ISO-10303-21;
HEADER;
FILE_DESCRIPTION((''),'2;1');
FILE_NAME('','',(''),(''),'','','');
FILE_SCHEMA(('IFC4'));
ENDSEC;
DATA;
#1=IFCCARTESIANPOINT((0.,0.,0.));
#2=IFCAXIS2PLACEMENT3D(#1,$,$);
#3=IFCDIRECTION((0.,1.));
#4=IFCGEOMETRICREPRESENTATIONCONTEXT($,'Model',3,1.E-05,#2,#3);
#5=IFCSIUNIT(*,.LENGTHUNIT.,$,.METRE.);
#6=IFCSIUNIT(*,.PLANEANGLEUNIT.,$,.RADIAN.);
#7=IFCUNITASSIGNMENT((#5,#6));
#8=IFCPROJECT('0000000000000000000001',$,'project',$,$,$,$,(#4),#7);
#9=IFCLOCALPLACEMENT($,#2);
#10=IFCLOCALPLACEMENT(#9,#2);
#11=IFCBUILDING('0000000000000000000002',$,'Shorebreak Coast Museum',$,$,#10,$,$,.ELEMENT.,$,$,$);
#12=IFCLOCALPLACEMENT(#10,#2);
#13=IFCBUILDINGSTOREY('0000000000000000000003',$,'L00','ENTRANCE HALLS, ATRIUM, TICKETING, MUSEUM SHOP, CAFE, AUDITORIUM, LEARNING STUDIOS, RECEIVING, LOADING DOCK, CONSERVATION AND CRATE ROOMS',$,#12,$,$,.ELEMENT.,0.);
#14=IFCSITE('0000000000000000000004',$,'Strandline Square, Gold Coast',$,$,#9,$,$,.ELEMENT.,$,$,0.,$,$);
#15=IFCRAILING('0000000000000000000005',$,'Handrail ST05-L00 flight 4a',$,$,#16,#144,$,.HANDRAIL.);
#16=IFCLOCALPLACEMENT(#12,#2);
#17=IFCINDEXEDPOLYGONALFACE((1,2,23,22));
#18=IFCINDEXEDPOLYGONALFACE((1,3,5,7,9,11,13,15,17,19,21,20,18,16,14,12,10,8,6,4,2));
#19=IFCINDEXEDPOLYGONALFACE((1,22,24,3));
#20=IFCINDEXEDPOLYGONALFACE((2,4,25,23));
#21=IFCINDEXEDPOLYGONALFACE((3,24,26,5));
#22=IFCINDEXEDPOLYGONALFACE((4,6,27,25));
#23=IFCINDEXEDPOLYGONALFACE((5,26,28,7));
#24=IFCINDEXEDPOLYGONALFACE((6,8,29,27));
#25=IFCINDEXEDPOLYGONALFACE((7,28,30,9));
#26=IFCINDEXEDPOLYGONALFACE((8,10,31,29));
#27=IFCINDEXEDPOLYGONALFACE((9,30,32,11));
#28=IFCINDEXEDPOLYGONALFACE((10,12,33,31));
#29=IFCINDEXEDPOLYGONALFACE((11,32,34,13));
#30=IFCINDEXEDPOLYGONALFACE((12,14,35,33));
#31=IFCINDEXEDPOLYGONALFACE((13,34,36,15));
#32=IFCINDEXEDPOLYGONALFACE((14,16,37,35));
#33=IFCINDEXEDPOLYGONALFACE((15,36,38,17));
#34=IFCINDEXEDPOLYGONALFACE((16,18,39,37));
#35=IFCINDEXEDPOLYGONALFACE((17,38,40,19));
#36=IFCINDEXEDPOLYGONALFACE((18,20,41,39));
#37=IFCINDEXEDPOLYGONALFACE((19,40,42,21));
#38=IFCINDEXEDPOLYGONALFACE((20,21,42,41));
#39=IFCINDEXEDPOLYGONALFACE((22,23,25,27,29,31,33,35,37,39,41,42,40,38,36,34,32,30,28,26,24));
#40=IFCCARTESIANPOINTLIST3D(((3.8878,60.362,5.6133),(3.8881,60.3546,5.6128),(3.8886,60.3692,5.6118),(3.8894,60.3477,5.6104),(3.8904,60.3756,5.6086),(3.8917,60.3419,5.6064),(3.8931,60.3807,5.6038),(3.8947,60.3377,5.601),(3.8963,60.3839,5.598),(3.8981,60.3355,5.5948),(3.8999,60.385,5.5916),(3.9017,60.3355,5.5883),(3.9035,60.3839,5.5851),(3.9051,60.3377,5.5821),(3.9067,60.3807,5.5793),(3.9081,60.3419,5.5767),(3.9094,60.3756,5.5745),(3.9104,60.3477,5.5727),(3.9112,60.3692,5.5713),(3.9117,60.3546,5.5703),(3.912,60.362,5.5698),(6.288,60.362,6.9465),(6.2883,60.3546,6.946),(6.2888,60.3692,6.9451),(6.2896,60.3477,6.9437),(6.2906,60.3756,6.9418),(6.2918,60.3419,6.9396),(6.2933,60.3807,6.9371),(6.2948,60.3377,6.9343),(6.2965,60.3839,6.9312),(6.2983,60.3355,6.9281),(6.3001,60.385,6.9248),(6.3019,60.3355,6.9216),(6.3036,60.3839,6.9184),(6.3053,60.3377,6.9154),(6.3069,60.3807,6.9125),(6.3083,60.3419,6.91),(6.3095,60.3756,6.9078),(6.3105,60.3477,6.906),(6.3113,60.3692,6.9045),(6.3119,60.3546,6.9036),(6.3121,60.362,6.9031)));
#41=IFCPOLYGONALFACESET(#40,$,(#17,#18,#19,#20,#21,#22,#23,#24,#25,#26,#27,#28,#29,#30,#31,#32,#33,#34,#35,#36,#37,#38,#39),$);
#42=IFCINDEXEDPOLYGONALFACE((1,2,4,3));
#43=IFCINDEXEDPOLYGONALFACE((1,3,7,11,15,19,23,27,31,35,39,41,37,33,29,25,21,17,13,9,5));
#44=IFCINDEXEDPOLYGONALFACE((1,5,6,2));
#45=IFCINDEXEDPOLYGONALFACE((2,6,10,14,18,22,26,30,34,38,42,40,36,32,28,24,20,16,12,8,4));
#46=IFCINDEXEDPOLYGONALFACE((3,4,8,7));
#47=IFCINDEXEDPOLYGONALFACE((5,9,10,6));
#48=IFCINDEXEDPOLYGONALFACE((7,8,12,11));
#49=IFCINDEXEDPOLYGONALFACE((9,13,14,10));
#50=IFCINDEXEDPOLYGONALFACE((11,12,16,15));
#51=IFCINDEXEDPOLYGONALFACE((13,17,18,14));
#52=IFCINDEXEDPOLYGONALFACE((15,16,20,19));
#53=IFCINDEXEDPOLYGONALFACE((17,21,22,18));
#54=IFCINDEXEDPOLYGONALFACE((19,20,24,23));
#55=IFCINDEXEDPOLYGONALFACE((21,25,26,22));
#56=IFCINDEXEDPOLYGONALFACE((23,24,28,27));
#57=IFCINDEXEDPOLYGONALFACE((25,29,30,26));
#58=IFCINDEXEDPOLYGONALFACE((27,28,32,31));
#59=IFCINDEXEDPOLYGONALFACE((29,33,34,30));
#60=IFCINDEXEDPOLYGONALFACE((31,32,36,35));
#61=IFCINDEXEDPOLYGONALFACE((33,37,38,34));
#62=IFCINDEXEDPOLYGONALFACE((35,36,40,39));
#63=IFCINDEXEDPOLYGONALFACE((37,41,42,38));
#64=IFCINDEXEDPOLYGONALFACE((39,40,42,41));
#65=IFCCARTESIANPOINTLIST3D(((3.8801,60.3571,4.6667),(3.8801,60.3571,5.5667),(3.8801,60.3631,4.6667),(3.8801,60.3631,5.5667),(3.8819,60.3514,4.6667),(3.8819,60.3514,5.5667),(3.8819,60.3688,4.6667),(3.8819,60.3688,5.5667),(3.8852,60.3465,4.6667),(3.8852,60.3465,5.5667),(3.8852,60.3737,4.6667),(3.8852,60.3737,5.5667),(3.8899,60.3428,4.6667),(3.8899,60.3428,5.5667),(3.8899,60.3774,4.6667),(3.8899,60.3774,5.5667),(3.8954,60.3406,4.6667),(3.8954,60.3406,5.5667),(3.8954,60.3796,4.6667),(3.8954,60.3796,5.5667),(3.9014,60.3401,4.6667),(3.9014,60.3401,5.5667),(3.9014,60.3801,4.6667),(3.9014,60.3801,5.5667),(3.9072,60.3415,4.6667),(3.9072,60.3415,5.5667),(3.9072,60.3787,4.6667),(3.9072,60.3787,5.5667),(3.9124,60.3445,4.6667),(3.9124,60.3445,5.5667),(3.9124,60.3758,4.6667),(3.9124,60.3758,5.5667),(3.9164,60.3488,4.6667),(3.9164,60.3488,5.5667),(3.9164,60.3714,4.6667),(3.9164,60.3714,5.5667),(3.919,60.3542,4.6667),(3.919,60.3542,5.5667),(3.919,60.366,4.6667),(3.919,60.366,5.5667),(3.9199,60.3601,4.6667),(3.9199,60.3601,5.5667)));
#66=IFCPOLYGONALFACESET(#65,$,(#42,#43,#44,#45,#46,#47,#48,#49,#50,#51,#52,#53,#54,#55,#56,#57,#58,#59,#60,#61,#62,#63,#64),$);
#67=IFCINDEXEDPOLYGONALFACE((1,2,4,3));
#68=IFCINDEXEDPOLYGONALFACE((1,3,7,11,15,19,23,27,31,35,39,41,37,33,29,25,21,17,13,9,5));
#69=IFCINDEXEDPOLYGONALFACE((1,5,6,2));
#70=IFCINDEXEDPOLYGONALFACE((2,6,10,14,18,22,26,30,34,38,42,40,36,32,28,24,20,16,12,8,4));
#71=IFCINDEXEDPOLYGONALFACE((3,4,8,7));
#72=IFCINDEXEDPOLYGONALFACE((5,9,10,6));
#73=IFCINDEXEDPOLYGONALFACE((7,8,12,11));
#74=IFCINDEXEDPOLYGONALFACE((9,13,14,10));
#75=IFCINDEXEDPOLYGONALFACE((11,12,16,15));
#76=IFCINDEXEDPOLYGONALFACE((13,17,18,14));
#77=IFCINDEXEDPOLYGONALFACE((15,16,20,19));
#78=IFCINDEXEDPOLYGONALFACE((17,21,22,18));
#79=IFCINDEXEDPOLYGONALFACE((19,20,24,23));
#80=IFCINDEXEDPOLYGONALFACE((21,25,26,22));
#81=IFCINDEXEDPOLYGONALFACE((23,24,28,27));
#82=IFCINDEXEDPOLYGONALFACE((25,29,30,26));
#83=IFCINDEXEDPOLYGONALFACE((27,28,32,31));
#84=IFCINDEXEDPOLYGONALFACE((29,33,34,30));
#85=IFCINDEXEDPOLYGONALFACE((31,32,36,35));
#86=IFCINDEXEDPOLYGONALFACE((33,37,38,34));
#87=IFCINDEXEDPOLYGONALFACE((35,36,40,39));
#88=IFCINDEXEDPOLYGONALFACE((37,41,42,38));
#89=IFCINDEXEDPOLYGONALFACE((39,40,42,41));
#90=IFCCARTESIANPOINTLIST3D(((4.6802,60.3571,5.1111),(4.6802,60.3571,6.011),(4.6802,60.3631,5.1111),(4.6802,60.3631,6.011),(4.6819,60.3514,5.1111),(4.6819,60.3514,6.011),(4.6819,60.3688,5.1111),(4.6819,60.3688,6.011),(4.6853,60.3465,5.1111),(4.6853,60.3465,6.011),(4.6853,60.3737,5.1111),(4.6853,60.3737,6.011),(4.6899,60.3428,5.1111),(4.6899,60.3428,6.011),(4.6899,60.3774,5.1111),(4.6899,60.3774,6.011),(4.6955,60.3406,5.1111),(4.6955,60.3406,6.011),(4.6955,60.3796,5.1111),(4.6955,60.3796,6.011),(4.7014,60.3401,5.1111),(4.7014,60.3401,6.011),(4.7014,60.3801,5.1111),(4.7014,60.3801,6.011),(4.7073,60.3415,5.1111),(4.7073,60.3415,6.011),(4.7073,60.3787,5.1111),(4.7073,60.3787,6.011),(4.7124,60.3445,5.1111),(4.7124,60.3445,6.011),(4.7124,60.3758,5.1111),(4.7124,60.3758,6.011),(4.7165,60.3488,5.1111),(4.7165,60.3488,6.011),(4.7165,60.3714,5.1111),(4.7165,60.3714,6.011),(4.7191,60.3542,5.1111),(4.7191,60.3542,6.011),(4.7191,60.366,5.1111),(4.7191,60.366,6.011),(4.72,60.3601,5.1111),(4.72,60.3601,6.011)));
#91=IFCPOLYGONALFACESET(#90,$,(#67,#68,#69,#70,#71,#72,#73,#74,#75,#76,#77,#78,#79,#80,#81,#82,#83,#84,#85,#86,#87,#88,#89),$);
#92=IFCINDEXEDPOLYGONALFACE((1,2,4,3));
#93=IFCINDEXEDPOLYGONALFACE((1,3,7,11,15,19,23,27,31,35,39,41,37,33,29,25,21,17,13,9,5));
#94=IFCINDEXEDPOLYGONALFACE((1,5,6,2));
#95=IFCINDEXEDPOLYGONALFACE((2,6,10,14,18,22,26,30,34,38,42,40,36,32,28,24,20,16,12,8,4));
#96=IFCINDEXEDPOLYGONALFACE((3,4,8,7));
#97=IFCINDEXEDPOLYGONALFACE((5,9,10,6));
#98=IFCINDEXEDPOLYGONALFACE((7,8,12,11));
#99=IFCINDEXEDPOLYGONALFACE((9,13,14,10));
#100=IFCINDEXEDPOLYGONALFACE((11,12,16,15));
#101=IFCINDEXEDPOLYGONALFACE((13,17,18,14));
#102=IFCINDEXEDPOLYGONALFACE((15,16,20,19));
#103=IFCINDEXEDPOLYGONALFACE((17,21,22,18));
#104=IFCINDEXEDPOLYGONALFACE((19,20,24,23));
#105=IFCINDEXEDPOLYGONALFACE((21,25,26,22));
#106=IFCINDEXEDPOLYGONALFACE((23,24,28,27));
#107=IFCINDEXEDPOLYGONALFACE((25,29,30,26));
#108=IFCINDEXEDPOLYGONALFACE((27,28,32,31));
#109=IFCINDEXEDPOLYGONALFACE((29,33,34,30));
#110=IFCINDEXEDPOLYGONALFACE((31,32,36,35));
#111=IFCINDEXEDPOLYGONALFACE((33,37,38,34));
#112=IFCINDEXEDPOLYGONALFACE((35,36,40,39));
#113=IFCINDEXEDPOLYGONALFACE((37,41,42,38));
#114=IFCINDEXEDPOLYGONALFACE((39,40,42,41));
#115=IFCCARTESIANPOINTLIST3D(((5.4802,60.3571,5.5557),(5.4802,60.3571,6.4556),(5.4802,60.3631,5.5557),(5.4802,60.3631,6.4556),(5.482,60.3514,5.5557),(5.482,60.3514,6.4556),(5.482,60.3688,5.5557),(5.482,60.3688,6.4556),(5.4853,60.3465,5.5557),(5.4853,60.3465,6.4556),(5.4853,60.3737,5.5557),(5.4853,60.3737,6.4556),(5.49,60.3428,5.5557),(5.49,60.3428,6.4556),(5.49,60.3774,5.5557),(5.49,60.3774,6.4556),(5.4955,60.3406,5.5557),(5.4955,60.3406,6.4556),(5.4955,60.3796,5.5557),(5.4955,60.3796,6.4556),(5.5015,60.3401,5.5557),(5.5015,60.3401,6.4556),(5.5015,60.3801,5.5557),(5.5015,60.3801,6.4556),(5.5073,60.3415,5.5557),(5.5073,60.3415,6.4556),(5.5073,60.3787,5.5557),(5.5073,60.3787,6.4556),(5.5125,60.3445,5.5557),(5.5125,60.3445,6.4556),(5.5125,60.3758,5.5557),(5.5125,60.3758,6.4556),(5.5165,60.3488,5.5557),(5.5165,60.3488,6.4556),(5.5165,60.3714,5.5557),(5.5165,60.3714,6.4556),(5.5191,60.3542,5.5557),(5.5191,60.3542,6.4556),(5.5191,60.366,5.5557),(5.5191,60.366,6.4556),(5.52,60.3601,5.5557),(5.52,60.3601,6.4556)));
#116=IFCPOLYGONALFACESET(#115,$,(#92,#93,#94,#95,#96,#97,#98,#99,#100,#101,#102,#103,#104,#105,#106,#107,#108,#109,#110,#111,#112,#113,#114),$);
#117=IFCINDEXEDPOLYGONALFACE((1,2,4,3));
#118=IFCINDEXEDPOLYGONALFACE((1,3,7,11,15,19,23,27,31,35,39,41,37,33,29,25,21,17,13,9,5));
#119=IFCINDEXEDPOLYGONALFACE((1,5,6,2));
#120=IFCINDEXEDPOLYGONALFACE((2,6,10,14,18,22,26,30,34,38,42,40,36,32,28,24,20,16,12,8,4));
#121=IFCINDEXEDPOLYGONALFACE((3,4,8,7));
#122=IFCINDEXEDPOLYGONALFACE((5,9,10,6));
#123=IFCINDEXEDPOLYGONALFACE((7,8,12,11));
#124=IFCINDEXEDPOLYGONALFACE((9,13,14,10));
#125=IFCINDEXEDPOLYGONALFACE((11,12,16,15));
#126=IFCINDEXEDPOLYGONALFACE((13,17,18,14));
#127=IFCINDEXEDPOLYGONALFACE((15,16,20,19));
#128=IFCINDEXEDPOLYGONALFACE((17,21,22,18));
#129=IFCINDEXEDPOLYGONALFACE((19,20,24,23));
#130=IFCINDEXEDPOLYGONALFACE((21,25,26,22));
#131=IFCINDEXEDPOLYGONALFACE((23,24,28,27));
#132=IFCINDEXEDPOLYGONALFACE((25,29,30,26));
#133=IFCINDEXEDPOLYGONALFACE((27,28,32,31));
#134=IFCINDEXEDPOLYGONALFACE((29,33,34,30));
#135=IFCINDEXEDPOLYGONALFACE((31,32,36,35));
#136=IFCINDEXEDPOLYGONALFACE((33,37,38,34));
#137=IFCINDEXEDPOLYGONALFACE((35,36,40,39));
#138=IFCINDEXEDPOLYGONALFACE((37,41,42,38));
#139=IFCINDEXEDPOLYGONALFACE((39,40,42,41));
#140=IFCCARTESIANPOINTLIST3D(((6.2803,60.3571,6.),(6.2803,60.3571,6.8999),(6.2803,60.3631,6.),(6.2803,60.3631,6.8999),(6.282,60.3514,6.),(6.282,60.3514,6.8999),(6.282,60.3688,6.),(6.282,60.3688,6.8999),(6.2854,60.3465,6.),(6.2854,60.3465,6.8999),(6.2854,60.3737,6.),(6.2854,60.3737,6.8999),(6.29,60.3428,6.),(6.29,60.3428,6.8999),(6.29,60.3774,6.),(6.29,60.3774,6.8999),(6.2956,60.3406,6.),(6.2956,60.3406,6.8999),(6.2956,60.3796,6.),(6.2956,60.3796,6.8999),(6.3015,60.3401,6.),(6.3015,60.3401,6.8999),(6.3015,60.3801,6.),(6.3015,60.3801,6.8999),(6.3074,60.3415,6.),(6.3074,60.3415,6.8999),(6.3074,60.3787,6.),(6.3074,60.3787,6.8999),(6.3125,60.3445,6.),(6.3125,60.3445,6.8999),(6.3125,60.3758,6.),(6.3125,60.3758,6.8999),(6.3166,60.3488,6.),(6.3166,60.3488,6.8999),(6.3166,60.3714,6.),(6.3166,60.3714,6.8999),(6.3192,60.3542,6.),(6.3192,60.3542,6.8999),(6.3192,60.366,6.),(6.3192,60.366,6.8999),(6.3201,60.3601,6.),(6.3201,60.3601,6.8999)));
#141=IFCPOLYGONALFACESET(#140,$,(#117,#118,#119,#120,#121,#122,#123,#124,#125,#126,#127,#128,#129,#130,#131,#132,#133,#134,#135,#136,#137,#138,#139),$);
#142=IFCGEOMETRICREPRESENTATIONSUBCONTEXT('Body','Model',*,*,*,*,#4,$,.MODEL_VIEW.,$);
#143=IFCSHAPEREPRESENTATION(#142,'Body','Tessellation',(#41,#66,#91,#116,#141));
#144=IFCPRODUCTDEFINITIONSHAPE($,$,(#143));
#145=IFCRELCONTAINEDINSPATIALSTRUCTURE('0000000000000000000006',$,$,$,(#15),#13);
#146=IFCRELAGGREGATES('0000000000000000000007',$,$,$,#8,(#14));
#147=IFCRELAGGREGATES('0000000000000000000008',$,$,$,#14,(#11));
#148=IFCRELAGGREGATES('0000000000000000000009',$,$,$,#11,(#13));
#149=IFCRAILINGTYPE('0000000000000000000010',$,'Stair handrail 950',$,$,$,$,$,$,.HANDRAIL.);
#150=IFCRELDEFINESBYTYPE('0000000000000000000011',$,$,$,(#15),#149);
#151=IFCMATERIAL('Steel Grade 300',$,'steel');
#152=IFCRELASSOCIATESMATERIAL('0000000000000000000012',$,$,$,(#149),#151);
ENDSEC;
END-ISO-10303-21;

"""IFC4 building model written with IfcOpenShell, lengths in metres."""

from ifc_helpers import new_model, si_unit, direction, frame, origin, origin_2d, place, context, subcontext, project, spatial, circle, extrude, material, type_object, element, save


model = new_model("IFC4")

# Units and contexts
model_context = context("Model", 3, precision=1e-05, world=origin(), true_north=direction((0.0, 1.0)))
body_context = subcontext(model_context, "Body", "Model", "MODEL_VIEW")
ifc_project = project(units=[si_unit("LENGTHUNIT", "METRE"), si_unit("PLANEANGLEUNIT", "RADIAN")], contexts=[model_context])

# Site, building, storey
site_placement = place(None, origin())
site = spatial("IfcSite", under=ifc_project, at=site_placement, Name="Strandline Square, Gold Coast", CompositionType="ELEMENT", RefElevation=0.0)
building_placement = place(site_placement, origin())
building = spatial("IfcBuilding", under=site, at=building_placement, Name="Shorebreak Coast Museum", CompositionType="ELEMENT")
storey_placement = place(building_placement, origin())
storey = spatial("IfcBuildingStorey", under=building, at=storey_placement, Name="L00", Description="ENTRANCE HALLS, ATRIUM, TICKETING, MUSEUM SHOP, CAFE, AUDITORIUM, LEARNING STUDIOS, RECEIVING, LOADING DOCK, CONSERVATION AND CRATE ROOMS", CompositionType="ELEMENT", Elevation=0.0)

# Railing
ifc_material_1 = material(Name="Steel Grade 300", Category="steel")
railing_type_1 = type_object("IfcRailingType", Name="Stair handrail 950", PredefinedType="HANDRAIL", material=ifc_material_1)
for number, where, name in (
    (1, (3.8999, 60.3601, 4.6667), "Handrail ST05-L00 flight 4a"),
):
    element("IfcRailing", number, at=place(storey_placement, frame(where)), inside=storey, type_object=railing_type_1, Name=name, PredefinedType="HANDRAIL", context=body_context, shape_type="SweptSolid", body=[
        extrude(circle(Radius=0.0249, at=origin_2d()), frame((0.0, 0.0, 0.9248), z_axis=(0.874182, 0.0, 0.485598), x_axis=(0.0, 1.0, 0.0)), (0.0, 0.0, 1.0), 2.7456),
        extrude(circle(Radius=0.02, at=origin_2d()), origin(), (0.0, 0.0, 1.0), 0.8999),
        extrude(circle(Radius=0.02, at=origin_2d()), frame((0.8, 0.0, 0.4443)), (0.0, 0.0, 1.0), 0.8999),
        extrude(circle(Radius=0.02, at=origin_2d()), frame((1.6001, 0.0, 0.8889)), (0.0, 0.0, 1.0), 0.8999),
        extrude(circle(Radius=0.02, at=origin_2d()), frame((2.4001, 0.0, 1.3333)), (0.0, 0.0, 1.0), 0.8999),
    ])

save(model, "model.ifc")
